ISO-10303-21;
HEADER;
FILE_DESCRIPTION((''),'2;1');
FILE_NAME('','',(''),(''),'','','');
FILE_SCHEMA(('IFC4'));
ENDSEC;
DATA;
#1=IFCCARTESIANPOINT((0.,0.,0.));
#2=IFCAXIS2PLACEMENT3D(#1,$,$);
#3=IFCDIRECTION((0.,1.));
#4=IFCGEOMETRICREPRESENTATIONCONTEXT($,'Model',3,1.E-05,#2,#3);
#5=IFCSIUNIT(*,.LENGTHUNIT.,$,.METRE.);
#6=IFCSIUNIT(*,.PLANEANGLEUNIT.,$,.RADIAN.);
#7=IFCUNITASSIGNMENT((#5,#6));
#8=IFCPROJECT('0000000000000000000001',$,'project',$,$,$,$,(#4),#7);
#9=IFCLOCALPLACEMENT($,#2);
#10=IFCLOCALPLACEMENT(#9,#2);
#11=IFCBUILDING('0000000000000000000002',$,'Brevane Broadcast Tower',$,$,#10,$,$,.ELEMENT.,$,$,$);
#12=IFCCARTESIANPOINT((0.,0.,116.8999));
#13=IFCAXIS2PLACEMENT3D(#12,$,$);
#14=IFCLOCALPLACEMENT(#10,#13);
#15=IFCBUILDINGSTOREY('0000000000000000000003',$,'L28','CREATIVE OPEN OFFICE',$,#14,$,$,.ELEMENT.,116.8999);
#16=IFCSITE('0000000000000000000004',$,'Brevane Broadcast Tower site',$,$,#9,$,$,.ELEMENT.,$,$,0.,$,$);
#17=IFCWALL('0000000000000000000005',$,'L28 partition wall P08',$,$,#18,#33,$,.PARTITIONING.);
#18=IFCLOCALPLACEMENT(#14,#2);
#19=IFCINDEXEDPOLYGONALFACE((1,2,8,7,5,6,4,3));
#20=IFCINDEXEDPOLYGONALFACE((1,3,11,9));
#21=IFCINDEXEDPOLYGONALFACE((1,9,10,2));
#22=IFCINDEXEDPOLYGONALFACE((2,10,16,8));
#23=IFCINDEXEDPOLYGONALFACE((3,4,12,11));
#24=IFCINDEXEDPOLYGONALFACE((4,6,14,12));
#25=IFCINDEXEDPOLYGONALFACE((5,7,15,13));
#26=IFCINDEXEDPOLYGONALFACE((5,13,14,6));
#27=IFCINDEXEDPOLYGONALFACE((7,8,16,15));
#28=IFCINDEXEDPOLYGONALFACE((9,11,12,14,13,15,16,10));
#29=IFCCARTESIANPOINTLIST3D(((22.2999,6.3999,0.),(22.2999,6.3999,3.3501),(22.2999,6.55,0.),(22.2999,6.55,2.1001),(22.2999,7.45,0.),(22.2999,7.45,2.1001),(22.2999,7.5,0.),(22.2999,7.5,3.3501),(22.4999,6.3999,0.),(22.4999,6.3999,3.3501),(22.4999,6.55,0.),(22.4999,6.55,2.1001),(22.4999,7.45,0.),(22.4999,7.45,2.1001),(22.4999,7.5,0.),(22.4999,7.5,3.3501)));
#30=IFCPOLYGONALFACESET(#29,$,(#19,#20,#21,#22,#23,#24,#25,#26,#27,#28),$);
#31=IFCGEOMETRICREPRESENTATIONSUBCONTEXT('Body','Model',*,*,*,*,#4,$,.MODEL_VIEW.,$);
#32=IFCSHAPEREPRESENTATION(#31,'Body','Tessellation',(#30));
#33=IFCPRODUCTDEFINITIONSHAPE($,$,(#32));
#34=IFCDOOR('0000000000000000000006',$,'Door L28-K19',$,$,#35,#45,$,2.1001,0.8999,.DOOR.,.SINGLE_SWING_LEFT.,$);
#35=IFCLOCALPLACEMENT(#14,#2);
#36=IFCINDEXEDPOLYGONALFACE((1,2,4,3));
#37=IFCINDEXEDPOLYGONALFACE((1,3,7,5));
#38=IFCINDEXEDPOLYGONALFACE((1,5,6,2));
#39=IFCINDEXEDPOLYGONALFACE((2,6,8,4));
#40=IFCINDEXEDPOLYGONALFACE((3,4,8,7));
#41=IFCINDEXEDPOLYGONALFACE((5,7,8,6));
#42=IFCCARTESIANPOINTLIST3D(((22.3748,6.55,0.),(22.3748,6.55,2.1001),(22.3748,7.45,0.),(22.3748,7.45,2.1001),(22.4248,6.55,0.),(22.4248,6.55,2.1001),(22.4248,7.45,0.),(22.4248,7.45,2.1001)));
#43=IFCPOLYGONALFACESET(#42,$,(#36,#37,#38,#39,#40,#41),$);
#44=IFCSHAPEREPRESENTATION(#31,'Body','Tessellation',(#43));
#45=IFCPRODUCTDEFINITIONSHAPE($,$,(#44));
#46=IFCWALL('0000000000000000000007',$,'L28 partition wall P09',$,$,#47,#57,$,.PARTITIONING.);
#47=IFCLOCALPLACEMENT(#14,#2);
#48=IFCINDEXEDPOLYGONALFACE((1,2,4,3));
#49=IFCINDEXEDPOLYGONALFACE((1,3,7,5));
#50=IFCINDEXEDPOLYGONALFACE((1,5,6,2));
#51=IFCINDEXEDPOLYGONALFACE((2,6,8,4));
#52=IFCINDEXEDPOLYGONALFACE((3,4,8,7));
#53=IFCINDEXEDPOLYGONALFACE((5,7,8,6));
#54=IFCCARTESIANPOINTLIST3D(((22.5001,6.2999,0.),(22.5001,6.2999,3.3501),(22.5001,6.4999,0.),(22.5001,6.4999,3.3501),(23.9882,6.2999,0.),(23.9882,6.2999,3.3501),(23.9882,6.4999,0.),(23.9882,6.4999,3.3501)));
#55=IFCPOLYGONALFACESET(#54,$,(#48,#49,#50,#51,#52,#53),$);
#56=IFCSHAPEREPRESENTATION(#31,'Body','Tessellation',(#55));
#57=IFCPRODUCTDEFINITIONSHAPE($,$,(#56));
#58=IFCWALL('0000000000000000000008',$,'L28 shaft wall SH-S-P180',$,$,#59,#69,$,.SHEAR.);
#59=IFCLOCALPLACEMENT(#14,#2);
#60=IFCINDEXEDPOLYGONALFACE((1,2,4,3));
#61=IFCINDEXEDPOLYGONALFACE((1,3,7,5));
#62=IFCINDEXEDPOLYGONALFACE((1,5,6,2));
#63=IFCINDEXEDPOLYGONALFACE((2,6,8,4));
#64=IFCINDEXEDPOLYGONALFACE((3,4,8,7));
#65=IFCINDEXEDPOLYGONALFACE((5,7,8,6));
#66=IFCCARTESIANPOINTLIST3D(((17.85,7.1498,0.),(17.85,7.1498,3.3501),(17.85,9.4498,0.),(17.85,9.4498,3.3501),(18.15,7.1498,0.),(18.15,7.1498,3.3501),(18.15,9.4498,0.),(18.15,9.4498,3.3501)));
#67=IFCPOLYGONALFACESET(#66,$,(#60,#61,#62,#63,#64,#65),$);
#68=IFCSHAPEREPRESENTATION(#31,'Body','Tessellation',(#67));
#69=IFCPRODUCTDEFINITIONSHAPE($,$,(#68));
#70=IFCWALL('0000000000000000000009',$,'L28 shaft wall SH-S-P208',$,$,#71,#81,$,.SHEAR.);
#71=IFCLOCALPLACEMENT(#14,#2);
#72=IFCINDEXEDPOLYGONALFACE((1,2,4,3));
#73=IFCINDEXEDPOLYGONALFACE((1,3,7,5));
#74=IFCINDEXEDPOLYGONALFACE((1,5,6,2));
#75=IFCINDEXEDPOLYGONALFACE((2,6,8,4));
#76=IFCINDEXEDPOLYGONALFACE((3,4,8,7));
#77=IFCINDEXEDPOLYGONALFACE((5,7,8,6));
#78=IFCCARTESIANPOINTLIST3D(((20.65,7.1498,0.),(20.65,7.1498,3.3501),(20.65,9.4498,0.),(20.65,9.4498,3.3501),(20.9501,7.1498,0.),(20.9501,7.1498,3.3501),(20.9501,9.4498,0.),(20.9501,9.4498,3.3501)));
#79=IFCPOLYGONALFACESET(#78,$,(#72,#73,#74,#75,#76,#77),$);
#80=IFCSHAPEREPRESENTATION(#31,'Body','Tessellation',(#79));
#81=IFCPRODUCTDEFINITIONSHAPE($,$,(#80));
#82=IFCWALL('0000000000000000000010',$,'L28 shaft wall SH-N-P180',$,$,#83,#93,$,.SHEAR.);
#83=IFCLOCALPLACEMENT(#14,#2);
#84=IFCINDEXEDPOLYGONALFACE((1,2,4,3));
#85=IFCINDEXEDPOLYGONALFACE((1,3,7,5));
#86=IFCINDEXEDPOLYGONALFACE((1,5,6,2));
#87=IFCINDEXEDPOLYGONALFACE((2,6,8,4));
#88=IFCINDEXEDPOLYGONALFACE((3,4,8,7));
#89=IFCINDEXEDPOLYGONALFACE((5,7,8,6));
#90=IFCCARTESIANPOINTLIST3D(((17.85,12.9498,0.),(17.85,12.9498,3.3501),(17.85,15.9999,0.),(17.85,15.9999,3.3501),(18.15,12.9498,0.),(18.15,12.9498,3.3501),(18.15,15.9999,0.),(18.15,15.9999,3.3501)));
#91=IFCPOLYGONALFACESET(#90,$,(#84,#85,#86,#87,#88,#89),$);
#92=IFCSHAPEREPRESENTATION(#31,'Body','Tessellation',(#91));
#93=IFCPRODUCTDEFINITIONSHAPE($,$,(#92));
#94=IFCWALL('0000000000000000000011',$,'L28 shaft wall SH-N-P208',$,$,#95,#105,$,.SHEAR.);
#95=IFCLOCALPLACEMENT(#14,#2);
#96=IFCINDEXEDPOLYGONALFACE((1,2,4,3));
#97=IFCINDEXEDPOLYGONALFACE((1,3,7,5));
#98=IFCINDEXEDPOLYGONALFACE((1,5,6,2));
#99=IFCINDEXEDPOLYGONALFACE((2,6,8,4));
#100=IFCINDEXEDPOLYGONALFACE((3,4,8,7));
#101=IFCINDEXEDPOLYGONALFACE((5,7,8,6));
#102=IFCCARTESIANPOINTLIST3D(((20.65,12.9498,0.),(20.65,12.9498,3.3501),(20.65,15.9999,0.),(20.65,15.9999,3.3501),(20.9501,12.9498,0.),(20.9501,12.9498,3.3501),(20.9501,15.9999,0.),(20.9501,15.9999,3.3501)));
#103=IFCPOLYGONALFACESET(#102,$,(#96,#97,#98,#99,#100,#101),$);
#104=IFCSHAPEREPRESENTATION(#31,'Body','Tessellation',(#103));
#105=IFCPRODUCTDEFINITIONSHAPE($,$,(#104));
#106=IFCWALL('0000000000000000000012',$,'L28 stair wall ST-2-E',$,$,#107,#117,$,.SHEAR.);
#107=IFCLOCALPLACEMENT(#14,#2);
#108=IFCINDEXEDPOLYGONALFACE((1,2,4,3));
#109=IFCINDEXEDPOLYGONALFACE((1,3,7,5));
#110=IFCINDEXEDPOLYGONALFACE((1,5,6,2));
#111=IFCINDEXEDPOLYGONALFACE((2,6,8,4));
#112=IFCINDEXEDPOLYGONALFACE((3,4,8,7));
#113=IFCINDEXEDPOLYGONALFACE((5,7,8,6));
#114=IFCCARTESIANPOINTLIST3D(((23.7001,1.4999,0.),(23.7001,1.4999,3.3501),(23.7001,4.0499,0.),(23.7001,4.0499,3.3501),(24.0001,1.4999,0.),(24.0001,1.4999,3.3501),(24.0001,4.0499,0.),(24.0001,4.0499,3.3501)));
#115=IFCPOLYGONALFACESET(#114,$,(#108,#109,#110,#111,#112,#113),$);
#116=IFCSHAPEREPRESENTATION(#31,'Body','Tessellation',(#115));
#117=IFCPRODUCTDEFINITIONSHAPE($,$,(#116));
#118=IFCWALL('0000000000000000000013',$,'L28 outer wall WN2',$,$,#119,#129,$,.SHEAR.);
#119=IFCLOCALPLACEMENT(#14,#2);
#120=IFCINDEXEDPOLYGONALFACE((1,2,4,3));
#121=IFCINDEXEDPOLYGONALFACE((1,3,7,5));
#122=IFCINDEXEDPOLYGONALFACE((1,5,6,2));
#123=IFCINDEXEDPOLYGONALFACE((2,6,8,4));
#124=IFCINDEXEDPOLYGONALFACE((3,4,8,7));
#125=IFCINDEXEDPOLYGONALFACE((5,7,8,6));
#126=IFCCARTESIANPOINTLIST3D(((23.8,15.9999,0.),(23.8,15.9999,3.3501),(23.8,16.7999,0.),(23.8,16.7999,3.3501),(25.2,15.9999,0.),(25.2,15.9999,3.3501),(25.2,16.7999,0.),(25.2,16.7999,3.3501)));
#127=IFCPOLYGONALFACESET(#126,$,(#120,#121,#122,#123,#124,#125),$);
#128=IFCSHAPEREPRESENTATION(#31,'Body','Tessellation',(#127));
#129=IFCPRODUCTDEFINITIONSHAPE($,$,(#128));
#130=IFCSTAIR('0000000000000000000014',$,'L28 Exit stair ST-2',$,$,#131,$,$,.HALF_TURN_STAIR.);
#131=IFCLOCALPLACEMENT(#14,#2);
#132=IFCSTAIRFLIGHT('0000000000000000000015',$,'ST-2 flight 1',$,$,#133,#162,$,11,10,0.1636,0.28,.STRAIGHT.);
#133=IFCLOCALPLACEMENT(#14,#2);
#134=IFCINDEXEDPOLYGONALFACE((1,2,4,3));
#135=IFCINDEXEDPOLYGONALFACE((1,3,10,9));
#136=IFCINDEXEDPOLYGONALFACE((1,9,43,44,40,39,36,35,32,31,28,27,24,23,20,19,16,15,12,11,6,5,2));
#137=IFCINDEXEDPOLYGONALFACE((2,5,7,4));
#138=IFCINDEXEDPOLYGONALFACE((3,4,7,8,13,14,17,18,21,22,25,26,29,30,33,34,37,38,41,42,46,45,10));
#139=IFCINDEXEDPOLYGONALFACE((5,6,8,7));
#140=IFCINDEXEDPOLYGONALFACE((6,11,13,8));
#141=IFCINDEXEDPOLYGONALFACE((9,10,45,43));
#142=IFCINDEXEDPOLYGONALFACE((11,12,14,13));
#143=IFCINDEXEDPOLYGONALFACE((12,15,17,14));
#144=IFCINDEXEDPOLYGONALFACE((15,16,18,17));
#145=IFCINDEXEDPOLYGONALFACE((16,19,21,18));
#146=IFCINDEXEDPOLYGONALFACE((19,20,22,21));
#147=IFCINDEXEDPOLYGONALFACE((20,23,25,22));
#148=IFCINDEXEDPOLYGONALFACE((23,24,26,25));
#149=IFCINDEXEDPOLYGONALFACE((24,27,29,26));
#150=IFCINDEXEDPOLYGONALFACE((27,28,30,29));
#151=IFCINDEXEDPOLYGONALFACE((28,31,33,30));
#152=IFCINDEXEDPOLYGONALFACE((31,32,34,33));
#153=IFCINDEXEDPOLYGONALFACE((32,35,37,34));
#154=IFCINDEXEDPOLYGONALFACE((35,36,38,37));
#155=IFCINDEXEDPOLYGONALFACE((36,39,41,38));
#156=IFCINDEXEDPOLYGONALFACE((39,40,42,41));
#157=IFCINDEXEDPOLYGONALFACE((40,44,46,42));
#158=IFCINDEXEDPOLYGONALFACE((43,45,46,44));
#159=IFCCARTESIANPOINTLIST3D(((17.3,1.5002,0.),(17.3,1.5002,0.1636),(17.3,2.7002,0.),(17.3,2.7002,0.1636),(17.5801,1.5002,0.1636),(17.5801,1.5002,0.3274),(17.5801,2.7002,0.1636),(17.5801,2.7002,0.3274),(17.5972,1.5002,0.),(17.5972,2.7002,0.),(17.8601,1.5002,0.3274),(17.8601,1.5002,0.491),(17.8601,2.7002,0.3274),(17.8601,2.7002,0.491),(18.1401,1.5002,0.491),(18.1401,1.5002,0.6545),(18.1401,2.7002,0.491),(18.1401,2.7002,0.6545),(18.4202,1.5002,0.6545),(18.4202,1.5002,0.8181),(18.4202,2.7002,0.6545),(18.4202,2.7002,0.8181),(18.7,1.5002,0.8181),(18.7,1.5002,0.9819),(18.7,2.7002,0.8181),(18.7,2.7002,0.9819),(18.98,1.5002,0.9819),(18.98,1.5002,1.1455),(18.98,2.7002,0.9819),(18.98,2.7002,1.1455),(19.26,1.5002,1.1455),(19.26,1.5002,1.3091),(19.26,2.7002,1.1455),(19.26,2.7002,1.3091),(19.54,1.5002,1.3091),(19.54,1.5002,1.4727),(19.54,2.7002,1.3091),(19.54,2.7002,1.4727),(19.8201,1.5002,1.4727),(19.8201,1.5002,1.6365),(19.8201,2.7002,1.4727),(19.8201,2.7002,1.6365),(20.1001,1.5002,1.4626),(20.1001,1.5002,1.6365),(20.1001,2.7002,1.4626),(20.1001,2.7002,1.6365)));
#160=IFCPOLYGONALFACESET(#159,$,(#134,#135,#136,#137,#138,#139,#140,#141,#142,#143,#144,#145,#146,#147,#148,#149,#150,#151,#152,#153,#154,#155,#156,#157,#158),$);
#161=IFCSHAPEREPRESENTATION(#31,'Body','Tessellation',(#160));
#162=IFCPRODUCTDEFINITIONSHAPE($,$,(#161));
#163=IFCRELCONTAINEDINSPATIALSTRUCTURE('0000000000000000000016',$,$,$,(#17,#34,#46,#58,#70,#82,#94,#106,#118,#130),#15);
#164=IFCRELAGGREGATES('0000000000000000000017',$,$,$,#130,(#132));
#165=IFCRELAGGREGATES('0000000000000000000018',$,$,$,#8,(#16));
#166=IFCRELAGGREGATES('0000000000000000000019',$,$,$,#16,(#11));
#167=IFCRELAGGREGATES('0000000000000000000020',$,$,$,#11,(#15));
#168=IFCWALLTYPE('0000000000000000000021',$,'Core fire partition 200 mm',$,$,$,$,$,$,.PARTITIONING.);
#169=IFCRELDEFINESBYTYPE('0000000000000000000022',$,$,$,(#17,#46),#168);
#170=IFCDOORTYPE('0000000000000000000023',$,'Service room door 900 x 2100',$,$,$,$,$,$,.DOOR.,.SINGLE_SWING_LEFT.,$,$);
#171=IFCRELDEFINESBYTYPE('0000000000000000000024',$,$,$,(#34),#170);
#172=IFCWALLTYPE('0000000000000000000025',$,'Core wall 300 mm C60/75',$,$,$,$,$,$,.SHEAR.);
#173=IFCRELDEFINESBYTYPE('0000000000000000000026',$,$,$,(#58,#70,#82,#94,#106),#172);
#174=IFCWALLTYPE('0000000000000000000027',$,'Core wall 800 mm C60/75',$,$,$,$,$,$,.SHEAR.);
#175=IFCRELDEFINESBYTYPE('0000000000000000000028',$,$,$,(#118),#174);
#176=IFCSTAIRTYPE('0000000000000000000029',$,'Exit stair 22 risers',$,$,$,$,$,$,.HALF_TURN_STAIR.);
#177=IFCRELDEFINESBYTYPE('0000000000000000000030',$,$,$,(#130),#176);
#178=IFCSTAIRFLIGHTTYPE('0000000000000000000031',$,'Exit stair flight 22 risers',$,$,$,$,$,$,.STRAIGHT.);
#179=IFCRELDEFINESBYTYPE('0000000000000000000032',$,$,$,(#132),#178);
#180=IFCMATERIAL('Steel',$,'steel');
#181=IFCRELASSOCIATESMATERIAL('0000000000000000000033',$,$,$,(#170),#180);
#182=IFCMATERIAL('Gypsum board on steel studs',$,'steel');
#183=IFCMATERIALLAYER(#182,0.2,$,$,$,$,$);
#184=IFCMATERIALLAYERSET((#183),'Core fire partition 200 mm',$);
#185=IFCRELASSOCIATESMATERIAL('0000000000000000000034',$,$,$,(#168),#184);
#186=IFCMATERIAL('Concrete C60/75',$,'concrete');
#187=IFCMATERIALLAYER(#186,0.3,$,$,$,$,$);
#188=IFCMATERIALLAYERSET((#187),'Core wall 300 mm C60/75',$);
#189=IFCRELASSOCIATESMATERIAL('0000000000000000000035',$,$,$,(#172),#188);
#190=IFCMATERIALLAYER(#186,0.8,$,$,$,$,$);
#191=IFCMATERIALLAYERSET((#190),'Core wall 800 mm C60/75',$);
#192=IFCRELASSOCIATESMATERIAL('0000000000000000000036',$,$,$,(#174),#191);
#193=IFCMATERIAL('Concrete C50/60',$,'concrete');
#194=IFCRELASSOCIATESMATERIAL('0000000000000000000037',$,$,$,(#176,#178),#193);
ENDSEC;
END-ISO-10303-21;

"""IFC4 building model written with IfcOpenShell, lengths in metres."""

from ifc_helpers import new_model, si_unit, direction, frame, frame_2d, origin, place, context, subcontext, project, spatial, polyline, rectangle, outline, extrude, material, layer, layer_set, type_object, element, fill, aggregate, save


model = new_model("IFC4")

# Units and contexts
model_context = context("Model", 3, precision=1e-05, world=origin(), true_north=direction((0.0, 1.0)))
body_context = subcontext(model_context, "Body", "Model", "MODEL_VIEW")
ifc_project = project(units=[si_unit("LENGTHUNIT", "METRE"), si_unit("PLANEANGLEUNIT", "RADIAN")], contexts=[model_context])

# Site, building, storey
site_placement = place(None, origin())
site = spatial("IfcSite", under=ifc_project, at=site_placement, Name="Brevane Broadcast Tower site", CompositionType="ELEMENT", RefElevation=0.0)
building_placement = place(site_placement, origin())
building = spatial("IfcBuilding", under=site, at=building_placement, Name="Brevane Broadcast Tower", CompositionType="ELEMENT")
storey_placement = place(building_placement, frame((0.0, 0.0, 116.8999)))
storey = spatial("IfcBuildingStorey", under=building, at=storey_placement, Name="L28", Description="CREATIVE OPEN OFFICE", CompositionType="ELEMENT", Elevation=116.8999)

# Shared definitions
ifc_material_1 = material(Name="Gypsum board on steel studs", Category="steel")
ifc_material_2 = material(Name="Steel", Category="steel")

# Shared definitions
door_type_1 = type_object("IfcDoorType", Name="Service room door 900 x 2100", OperationType="SINGLE_SWING_LEFT", PredefinedType="DOOR", material=ifc_material_2)

# Shared definitions
ifc_layer_1 = layer(ifc_material_1, 0.2)
ifc_layer_set_1 = layer_set([ifc_layer_1], Name="Core fire partition 200 mm")
wall_type_1 = type_object("IfcWallType", Name="Core fire partition 200 mm", PredefinedType="PARTITIONING", material=ifc_layer_set_1)

# Wall, opening, door
wall_1_placement = place(storey_placement, frame((22.3999, 7.5, 0.0), z_axis=(0.0, 0.0, 1.0), x_axis=(0.0, -1.0, 0.0)))
wall_1 = element("IfcWall", 1, at=wall_1_placement, inside=storey, type_object=wall_type_1, Name="L28 partition wall P08", PredefinedType="PARTITIONING", context=body_context, shape_type="SweptSolid", body=[
    extrude(rectangle(XDim=1.1001, YDim=0.2, at=frame_2d((0.55, 0.0))), origin(), (0.0, 0.0, 1.0), 3.3501),
])
opening_1_placement = place(wall_1_placement, frame((0.05, 0.0, 0.0)))
opening_1 = element("IfcOpeningElement", 2, at=opening_1_placement, cuts=wall_1, PredefinedType="OPENING", context=body_context, shape_type="SweptSolid", body=[
    extrude(rectangle(XDim=0.8999, YDim=2.1001, at=frame_2d((0.45, 1.05))), frame((0.0, 0.1099, 0.0), z_axis=(0.0, -1.0, 0.0), x_axis=(1.0, 0.0, 0.0)), (0.0, 0.0, 1.0), 0.22),
])
door_1_placement = place(opening_1_placement, origin())
door_1 = element("IfcDoor", 3, at=door_1_placement, inside=storey, type_object=door_type_1, Name="Door L28-K19", OperationType="SINGLE_SWING_LEFT", OverallHeight=2.1001, OverallWidth=0.8999, PredefinedType="DOOR", context=body_context, shape_type="SweptSolid", body=[
    extrude(rectangle(XDim=0.8999, YDim=2.1001, at=frame_2d((0.45, 1.05))), frame((0.0, 0.0249, 0.0), z_axis=(0.0, -1.0, 0.0), x_axis=(1.0, 0.0, 0.0)), (0.0, 0.0, 1.0), 0.05),
])
fill(opening_1, door_1)

# Walls
wall_2_placement = place(storey_placement, frame((22.5, 6.3999, 0.0), z_axis=(0.0, 0.0, 1.0), x_axis=(1.0, 0.0, 0.0)))
element("IfcWall", 4, at=wall_2_placement, inside=storey, type_object=wall_type_1, Name="L28 partition wall P09", PredefinedType="PARTITIONING", context=body_context, shape_type="SweptSolid", body=[
    extrude(rectangle(XDim=1.488, YDim=0.2, at=frame_2d((0.7441, 0.0))), origin(), (0.0, 0.0, 1.0), 3.3501),
])
ifc_material_3 = material(Name="Concrete C60/75", Category="concrete")
ifc_layer_2 = layer(ifc_material_3, 0.3)
ifc_layer_set_2 = layer_set([ifc_layer_2], Name="Core wall 300 mm C60/75")
wall_type_2 = type_object("IfcWallType", Name="Core wall 300 mm C60/75", PredefinedType="SHEAR", material=ifc_layer_set_2)
for number, where, z_axis, x_axis, name in (
    (5, (18.0, 7.1499, 0.0), (0.0, 0.0, 1.0), (0.0, 1.0, 0.0), "L28 shaft wall SH-S-P180"),
    (6, (20.8, 7.1499, 0.0), (0.0, 0.0, 1.0), (0.0, 1.0, 0.0), "L28 shaft wall SH-S-P208"),
):
    element("IfcWall", number, at=place(storey_placement, frame(where, z_axis=z_axis, x_axis=x_axis)), inside=storey, type_object=wall_type_2, Name=name, PredefinedType="SHEAR", context=body_context, shape_type="SweptSolid", body=[
        extrude(rectangle(XDim=2.3, YDim=0.3, at=frame_2d((1.1499, 0.0))), origin(), (0.0, 0.0, 1.0), 3.3501),
    ])
for number, where, z_axis, x_axis, name in (
    (7, (18.0, 12.95, 0.0), (0.0, 0.0, 1.0), (0.0, 1.0, 0.0), "L28 shaft wall SH-N-P180"),
    (8, (20.8, 12.95, 0.0), (0.0, 0.0, 1.0), (0.0, 1.0, 0.0), "L28 shaft wall SH-N-P208"),
):
    element("IfcWall", number, at=place(storey_placement, frame(where, z_axis=z_axis, x_axis=x_axis)), inside=storey, type_object=wall_type_2, Name=name, PredefinedType="SHEAR", context=body_context, shape_type="SweptSolid", body=[
        extrude(rectangle(XDim=3.05, YDim=0.3, at=frame_2d((1.5249, 0.0))), origin(), (0.0, 0.0, 1.0), 3.3501),
    ])
wall_3_placement = place(storey_placement, frame((23.8501, 1.5, 0.0), z_axis=(0.0, 0.0, 1.0), x_axis=(0.0, 1.0, 0.0)))
element("IfcWall", 9, at=wall_3_placement, inside=storey, type_object=wall_type_2, Name="L28 stair wall ST-2-E", PredefinedType="SHEAR", context=body_context, shape_type="SweptSolid", body=[
    extrude(rectangle(XDim=2.55, YDim=0.3, at=frame_2d((1.2749, 0.0))), origin(), (0.0, 0.0, 1.0), 3.3501),
])
ifc_layer_3 = layer(ifc_material_3, 0.8)
ifc_layer_set_3 = layer_set([ifc_layer_3], Name="Core wall 800 mm C60/75")
wall_type_3 = type_object("IfcWallType", Name="Core wall 800 mm C60/75", PredefinedType="SHEAR", material=ifc_layer_set_3)
wall_4_placement = place(storey_placement, frame((23.8, 16.3999, 0.0), z_axis=(0.0, 0.0, 1.0), x_axis=(1.0, 0.0, 0.0)))
element("IfcWall", 10, at=wall_4_placement, inside=storey, type_object=wall_type_3, Name="L28 outer wall WN2", PredefinedType="SHEAR", context=body_context, shape_type="SweptSolid", body=[
    extrude(rectangle(XDim=1.3999, YDim=0.8, at=frame_2d((0.7, 0.0))), origin(), (0.0, 0.0, 1.0), 3.3501),
])

# Stair, stair flight
ifc_material_4 = material(Name="Concrete C50/60", Category="concrete")
stair_type = type_object("IfcStairType", Name="Exit stair 22 risers", PredefinedType="HALF_TURN_STAIR", material=ifc_material_4)
stair_placement = place(storey_placement, origin())
stair = element("IfcStair", 11, at=stair_placement, inside=storey, type_object=stair_type, Name="L28 Exit stair ST-2", PredefinedType="HALF_TURN_STAIR")
stair_flight_type = type_object("IfcStairFlightType", Name="Exit stair flight 22 risers", PredefinedType="STRAIGHT", material=ifc_material_4)
stair_flight_1_placement = place(storey_placement, frame((17.3, 2.1001, 0.0), z_axis=(0.0, 0.0, 1.0), x_axis=(1.0, 0.0, 0.0)))
stair_flight_1 = element("IfcStairFlight", 12, at=stair_flight_1_placement, type_object=stair_flight_type, Name="ST-2 flight 1", NumberOfRisers=11, NumberOfTreads=10, PredefinedType="STRAIGHT", RiserHeight=0.1636, TreadLength=0.28, context=body_context, shape_type="SweptSolid", body=[
    extrude(outline(polyline([(0.0, 0.0), (0.0, 0.1636), (0.28, 0.1636), (0.28, 0.3274), (0.5601, 0.3274), (0.5601, 0.491), (0.8401, 0.491), (0.8401, 0.6545), (1.1201, 0.6545), (1.1201, 0.8181), (1.3999, 0.8181), (1.3999, 0.9819), (1.6799, 0.9819), (1.6799, 1.1455), (1.96, 1.1455), (1.96, 1.3091), (2.24, 1.3091), (2.24, 1.4727), (2.52, 1.4727), (2.52, 1.6365), (2.8, 1.6365), (2.8, 1.8), (2.8, 1.4626), (0.2971, 0.0), (0.0, 0.0)])), frame((0.0, 0.6001, 0.0), z_axis=(0.0, -1.0, 0.0), x_axis=(1.0, 0.0, 0.0)), (0.0, 0.0, 1.0), 1.2),
])
aggregate(stair, [stair_flight_1])

save(model, "model.ifc")
